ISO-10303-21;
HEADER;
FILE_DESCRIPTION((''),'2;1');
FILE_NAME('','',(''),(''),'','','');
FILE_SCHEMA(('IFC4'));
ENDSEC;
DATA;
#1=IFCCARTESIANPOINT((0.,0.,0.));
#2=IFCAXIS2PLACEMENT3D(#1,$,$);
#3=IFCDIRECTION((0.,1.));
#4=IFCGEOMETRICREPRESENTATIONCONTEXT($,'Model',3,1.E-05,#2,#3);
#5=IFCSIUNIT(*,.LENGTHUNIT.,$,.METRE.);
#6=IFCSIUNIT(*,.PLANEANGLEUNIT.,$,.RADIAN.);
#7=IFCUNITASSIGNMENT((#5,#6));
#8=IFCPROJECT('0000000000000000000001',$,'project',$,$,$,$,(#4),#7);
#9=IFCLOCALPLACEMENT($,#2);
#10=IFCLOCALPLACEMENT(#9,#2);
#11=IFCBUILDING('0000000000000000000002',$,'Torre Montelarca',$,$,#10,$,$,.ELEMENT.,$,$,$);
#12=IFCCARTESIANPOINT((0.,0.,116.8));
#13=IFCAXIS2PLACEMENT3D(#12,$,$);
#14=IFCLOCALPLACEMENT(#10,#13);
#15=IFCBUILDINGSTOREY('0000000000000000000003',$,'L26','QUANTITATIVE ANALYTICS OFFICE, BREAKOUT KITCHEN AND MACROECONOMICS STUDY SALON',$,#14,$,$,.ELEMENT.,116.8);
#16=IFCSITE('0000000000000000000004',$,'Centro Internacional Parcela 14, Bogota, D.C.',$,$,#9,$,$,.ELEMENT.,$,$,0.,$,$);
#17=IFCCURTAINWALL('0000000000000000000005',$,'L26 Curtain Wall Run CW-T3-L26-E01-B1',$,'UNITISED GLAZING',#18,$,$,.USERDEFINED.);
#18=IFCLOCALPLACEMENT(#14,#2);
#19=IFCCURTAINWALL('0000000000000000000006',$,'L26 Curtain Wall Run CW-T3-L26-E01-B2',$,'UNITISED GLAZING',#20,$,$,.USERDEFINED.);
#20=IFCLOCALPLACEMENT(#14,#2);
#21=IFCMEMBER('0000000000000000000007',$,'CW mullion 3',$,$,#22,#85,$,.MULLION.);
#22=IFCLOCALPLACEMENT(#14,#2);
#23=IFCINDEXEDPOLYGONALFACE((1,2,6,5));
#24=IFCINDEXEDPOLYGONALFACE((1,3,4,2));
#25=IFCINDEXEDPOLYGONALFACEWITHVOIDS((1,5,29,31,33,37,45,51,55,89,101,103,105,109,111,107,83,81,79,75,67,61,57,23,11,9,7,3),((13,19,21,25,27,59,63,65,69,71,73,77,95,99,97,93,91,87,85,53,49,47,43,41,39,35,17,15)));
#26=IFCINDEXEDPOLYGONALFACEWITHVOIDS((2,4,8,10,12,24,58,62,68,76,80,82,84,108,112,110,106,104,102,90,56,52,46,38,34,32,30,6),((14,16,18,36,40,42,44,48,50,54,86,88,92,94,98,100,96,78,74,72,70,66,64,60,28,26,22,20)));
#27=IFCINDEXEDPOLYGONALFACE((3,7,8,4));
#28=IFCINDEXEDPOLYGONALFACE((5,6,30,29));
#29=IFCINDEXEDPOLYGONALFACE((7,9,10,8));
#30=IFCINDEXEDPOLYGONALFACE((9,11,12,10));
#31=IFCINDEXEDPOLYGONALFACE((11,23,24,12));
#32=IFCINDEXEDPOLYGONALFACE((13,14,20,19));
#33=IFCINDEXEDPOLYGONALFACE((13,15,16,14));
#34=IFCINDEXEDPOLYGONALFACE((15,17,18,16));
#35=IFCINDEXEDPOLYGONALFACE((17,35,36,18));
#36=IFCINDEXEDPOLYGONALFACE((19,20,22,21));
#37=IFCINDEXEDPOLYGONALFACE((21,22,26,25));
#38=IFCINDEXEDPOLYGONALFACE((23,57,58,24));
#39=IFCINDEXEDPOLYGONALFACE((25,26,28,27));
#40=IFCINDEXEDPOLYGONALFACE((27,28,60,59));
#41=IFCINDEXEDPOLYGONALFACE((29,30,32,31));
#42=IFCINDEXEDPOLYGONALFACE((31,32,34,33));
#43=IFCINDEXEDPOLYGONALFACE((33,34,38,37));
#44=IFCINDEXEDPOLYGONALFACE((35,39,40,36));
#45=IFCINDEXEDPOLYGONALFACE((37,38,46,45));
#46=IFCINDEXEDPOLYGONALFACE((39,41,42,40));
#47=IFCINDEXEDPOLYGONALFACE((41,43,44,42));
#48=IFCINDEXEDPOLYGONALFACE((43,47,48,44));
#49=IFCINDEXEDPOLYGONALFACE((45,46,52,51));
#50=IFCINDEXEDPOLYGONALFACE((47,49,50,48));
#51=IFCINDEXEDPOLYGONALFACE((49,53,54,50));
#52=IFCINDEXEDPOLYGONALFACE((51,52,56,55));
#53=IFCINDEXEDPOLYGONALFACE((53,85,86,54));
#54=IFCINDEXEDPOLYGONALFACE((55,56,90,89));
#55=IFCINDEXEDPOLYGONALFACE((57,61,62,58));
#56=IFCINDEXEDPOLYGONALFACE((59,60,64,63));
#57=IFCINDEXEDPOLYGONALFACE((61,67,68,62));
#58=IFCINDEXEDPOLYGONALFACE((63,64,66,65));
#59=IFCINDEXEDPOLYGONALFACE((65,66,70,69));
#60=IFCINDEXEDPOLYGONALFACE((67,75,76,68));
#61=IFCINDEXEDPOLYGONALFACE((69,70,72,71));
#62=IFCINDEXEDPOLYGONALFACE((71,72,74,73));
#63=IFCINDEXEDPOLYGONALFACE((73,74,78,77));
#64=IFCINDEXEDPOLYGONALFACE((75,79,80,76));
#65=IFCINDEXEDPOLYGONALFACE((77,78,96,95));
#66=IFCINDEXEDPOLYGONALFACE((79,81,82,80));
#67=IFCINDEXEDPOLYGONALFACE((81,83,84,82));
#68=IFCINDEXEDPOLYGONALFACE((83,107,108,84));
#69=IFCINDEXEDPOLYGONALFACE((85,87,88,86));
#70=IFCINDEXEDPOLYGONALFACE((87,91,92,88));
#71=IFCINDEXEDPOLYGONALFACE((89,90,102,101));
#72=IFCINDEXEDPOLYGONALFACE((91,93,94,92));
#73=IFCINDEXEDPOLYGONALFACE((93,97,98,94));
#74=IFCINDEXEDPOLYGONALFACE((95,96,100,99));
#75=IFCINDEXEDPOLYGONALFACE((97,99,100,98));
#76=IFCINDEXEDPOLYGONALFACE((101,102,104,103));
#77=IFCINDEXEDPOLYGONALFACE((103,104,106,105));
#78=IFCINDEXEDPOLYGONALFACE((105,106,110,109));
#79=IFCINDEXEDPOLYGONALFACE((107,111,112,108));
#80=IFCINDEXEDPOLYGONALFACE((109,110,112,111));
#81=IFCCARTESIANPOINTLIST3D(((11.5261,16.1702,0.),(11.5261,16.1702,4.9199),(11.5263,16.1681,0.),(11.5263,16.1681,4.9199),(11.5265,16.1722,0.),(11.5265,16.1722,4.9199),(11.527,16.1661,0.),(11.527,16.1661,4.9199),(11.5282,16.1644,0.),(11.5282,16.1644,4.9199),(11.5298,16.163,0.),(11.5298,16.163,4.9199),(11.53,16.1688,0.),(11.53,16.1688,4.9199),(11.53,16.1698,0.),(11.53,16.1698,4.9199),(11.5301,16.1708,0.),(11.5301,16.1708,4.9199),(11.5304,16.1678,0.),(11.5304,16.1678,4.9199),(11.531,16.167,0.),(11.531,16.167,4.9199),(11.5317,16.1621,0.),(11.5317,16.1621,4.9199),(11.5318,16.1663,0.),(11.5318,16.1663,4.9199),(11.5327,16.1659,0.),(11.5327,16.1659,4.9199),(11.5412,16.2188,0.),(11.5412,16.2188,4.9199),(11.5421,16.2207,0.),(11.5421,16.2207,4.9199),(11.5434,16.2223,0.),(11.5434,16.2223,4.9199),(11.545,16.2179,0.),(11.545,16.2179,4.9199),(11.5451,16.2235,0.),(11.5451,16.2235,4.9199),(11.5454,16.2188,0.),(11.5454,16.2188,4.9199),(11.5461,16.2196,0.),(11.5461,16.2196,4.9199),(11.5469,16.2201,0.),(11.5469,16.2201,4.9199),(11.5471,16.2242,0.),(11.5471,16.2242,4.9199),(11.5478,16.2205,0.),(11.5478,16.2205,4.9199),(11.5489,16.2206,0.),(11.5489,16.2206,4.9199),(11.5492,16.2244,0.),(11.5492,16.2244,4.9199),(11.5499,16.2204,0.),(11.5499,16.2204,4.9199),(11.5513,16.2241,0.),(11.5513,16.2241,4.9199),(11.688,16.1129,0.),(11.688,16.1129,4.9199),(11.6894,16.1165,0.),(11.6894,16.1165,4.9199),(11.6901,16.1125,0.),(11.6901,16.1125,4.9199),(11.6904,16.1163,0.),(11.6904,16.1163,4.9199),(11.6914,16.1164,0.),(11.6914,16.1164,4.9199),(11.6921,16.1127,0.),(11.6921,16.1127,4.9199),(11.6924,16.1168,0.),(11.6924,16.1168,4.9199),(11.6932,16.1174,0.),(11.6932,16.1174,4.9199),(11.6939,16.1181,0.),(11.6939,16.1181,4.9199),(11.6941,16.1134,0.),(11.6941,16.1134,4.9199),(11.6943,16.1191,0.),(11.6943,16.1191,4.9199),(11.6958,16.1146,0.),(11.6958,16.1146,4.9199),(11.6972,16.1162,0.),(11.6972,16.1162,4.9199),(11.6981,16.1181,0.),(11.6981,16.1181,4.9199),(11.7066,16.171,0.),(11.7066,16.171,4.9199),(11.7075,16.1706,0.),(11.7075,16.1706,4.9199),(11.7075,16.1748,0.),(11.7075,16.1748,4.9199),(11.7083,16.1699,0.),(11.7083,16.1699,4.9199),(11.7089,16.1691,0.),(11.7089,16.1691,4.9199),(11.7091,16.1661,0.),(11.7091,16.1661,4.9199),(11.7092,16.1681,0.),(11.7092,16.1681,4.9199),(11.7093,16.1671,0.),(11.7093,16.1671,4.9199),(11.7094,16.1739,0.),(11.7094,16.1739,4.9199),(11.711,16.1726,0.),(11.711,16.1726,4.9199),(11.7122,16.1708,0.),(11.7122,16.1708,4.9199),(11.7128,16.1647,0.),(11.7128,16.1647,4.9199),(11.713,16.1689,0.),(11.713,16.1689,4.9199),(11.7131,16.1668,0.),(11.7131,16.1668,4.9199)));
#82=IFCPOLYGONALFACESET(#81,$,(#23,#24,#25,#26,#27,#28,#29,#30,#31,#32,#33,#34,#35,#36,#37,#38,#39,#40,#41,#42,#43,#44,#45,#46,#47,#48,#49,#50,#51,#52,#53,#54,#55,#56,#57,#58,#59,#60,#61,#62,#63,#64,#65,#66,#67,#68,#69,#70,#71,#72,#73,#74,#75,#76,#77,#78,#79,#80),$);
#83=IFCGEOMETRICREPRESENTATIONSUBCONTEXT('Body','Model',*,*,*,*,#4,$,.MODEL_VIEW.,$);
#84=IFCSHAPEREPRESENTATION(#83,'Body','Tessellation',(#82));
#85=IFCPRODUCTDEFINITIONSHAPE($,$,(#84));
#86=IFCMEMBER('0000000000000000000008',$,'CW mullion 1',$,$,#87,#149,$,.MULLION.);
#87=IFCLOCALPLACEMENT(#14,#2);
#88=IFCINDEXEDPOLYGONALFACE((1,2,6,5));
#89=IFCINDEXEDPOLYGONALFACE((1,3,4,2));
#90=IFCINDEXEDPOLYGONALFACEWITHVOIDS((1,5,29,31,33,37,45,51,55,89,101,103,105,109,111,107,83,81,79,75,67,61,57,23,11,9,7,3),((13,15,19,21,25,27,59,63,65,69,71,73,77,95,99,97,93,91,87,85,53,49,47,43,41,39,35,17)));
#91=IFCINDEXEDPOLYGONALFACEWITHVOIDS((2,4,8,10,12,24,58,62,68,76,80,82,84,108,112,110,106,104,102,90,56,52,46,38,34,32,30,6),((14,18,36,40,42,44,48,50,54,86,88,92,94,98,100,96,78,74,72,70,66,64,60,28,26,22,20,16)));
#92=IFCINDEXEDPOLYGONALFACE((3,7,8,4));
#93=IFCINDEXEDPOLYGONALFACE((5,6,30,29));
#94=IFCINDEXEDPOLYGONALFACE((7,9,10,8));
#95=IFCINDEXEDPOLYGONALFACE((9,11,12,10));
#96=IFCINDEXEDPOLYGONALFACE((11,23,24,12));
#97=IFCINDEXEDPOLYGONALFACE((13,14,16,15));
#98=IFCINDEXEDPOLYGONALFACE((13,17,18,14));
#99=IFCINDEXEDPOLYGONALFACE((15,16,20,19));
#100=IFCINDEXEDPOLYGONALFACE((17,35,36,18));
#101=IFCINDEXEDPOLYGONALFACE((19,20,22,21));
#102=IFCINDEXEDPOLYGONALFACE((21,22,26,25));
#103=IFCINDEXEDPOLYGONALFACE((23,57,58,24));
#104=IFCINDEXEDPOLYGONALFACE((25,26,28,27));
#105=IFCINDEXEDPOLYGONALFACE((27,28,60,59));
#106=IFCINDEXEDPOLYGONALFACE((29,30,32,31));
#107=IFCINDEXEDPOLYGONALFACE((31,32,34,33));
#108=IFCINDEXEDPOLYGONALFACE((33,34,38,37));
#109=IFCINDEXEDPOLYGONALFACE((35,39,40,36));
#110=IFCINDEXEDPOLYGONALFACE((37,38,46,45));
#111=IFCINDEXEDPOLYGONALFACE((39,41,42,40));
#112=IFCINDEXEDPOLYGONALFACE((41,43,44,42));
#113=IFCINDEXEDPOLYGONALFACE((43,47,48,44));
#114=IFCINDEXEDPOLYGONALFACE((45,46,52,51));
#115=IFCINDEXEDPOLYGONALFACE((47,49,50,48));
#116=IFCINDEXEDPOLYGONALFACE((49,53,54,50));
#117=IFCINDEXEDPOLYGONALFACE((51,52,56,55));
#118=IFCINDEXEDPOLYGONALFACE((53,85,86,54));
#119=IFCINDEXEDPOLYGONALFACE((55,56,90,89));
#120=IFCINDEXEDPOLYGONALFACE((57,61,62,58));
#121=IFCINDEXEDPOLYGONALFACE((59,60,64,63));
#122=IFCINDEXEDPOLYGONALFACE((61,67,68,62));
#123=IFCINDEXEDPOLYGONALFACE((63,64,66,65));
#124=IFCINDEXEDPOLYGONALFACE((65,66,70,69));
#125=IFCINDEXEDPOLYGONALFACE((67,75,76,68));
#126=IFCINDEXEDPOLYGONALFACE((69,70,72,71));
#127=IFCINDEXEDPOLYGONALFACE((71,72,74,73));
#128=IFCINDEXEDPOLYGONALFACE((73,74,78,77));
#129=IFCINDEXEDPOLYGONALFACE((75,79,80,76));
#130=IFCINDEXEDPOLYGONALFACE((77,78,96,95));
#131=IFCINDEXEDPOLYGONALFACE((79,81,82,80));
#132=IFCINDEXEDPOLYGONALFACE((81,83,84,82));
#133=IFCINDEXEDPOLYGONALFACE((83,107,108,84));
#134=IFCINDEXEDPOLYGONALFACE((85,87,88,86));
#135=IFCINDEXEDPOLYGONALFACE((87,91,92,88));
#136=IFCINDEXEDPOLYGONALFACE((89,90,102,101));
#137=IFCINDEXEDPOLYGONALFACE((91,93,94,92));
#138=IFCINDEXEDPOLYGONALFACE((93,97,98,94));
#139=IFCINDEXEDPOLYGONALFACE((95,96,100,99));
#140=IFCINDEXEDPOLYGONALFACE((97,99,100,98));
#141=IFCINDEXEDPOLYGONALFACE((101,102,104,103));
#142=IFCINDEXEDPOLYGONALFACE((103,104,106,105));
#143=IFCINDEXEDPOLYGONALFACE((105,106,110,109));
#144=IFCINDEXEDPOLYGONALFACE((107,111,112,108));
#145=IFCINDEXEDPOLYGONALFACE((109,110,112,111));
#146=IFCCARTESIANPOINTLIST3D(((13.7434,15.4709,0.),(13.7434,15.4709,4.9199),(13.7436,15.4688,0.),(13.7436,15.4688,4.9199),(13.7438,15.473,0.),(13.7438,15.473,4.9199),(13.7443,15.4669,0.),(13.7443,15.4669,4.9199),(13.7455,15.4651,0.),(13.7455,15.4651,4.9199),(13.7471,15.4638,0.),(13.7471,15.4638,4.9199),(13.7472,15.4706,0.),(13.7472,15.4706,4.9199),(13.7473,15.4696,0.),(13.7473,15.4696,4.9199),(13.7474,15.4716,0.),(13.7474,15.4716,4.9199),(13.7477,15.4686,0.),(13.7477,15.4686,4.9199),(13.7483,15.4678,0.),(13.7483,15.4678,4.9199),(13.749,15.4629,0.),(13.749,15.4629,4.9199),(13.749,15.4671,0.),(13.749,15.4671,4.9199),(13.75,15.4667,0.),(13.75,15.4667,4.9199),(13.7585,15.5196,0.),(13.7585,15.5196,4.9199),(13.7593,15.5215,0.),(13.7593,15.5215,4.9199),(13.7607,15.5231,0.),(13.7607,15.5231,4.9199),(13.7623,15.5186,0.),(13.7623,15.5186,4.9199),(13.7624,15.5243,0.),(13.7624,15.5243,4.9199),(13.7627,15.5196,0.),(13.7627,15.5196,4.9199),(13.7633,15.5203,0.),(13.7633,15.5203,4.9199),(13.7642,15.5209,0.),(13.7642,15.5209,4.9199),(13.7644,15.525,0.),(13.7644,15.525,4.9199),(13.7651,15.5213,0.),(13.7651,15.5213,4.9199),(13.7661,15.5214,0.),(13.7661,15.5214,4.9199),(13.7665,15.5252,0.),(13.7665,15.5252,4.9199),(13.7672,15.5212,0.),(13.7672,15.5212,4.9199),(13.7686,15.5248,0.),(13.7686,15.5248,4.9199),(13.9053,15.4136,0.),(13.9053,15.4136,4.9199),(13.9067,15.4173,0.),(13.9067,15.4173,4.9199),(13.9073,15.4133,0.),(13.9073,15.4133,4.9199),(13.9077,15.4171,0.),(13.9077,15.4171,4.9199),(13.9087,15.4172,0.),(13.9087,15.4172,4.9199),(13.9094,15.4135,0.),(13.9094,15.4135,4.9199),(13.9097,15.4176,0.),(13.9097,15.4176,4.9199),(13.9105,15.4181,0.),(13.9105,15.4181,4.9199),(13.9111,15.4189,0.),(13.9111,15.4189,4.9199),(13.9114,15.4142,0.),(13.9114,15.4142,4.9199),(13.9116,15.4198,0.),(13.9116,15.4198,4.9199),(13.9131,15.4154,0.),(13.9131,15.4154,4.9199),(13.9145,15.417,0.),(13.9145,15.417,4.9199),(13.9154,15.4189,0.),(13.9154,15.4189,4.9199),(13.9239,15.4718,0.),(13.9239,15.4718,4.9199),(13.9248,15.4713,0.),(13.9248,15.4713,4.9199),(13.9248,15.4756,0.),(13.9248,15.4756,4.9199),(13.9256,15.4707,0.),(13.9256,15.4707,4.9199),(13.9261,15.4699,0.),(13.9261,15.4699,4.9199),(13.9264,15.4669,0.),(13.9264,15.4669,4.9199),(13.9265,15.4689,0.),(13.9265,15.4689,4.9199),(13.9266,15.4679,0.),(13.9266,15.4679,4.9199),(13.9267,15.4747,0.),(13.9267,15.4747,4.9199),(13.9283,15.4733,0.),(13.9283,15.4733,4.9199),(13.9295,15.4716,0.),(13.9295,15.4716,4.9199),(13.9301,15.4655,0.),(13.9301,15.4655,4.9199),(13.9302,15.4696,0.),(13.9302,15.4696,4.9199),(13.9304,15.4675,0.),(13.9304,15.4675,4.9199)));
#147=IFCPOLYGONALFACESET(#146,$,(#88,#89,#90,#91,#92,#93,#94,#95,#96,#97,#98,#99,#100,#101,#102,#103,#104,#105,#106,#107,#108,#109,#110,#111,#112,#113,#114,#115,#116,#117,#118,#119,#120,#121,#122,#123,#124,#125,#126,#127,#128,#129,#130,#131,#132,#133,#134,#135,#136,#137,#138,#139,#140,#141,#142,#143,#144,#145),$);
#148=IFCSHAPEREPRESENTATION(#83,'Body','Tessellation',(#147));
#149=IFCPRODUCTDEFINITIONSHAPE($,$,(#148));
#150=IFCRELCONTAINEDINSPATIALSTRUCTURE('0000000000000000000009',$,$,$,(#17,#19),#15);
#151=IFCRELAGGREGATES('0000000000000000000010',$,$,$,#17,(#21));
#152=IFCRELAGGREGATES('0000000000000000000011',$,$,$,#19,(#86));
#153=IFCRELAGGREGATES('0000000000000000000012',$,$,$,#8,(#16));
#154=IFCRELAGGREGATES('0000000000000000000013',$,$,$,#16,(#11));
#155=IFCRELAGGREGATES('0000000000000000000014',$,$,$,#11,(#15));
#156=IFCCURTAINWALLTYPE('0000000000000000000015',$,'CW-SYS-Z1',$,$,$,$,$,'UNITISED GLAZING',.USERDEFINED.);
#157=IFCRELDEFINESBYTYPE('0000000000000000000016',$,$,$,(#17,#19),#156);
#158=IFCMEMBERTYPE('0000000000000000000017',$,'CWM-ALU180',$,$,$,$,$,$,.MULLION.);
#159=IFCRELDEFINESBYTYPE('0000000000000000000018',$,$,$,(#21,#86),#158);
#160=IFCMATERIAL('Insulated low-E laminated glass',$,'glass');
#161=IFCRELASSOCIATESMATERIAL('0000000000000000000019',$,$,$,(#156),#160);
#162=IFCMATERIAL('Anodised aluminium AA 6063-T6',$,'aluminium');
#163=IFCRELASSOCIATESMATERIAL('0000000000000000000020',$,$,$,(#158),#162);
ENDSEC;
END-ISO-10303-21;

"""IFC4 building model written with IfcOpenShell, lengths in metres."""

from ifc_helpers import new_model, si_unit, direction, frame, origin, origin_2d, place, context, subcontext, project, spatial, hollow_rectangle, extrude, source, transform, mapped, material, material_profile, profile_set, type_object, element, aggregate, save


model = new_model("IFC4")

# Units and contexts
model_context = context("Model", 3, precision=1e-05, world=origin(), true_north=direction((0.0, 1.0)))
body_context = subcontext(model_context, "Body", "Model", "MODEL_VIEW")
ifc_project = project(units=[si_unit("LENGTHUNIT", "METRE"), si_unit("PLANEANGLEUNIT", "RADIAN")], contexts=[model_context])

# Site, building, storey
site_placement = place(None, origin())
site = spatial("IfcSite", under=ifc_project, at=site_placement, Name="Centro Internacional Parcela 14, Bogota, D.C.", CompositionType="ELEMENT", RefElevation=0.0)
building_placement = place(site_placement, origin())
building = spatial("IfcBuilding", under=site, at=building_placement, Name="Torre Montelarca", CompositionType="ELEMENT")
storey_placement = place(building_placement, frame((0.0, 0.0, 116.8)))
storey = spatial("IfcBuildingStorey", under=building, at=storey_placement, Name="L26", Description="QUANTITATIVE ANALYTICS OFFICE, BREAKOUT KITCHEN AND MACROECONOMICS STUDY SALON", CompositionType="ELEMENT", Elevation=116.8)

# Curtain walls
ifc_material_1 = material(Name="Insulated low-E laminated glass", Category="glass")
curtain_wall_type = type_object("IfcCurtainWallType", Name="CW-SYS-Z1", ElementType="UNITISED GLAZING", PredefinedType="USERDEFINED", material=ifc_material_1)
curtain_wall_1_placement = place(storey_placement, origin())
curtain_wall_1 = element("IfcCurtainWall", 1, at=curtain_wall_1_placement, inside=storey, type_object=curtain_wall_type, Name="L26 Curtain Wall Run CW-T3-L26-E01-B1", ObjectType="UNITISED GLAZING", PredefinedType="USERDEFINED")
ifc_material_2 = material(Name="Anodised aluminium AA 6063-T6", Category="aluminium")
curtain_wall_2_placement = place(storey_placement, origin())
curtain_wall_2 = element("IfcCurtainWall", 2, at=curtain_wall_2_placement, inside=storey, type_object=curtain_wall_type, Name="L26 Curtain Wall Run CW-T3-L26-E01-B2", ObjectType="UNITISED GLAZING", PredefinedType="USERDEFINED")

# Members
ifc_material_profile_1 = material_profile(ifc_material_2, hollow_rectangle(XDim=0.0649, YDim=0.1799, WallThickness=0.0039, InnerFilletRadius=0.0039, OuterFilletRadius=0.0081, at=origin_2d()), Name="ALU65X180X4", Category="aluminium")
ifc_profile_set_1 = profile_set([ifc_material_profile_1], Name="Anodised aluminium AA 6063-T6")
member_type_1 = type_object("IfcMemberType", Name="CWM-ALU180", PredefinedType="MULLION", material=ifc_profile_set_1)
shared_shape_1 = source(origin(), body_context, "Body", "SweptSolid", [
    extrude(hollow_rectangle(XDim=0.0649, YDim=0.1799, WallThickness=0.0039, InnerFilletRadius=0.0039, OuterFilletRadius=0.0081, at=origin_2d()), origin(), (0.0, 0.0, 1.0), 4.9199),
])
member_1_placement = place(storey_placement, frame((11.6196, 16.1685, 0.0), z_axis=(0.0, 0.0, 1.0), x_axis=(0.30071, 0.953716, 0.0)))
member_1 = element("IfcMember", 3, at=member_1_placement, type_object=member_type_1, Name="CW mullion 3", PredefinedType="MULLION", context=body_context, shape_type="MappedRepresentation", body=[
    mapped(shared_shape_1, transform((0.0, 0.0, 0.0), scale=1.0)),
])
member_2_placement = place(storey_placement, frame((13.8369, 15.4692, 0.0), z_axis=(0.0, 0.0, 1.0), x_axis=(0.300693, 0.953721, 0.0)))
member_2 = element("IfcMember", 4, at=member_2_placement, type_object=member_type_1, Name="CW mullion 1", PredefinedType="MULLION", context=body_context, shape_type="MappedRepresentation", body=[
    mapped(shared_shape_1, transform((0.0, 0.0, 0.0), scale=1.0)),
])

aggregate(curtain_wall_1, [member_1])
aggregate(curtain_wall_2, [member_2])

save(model, "model.ifc")
